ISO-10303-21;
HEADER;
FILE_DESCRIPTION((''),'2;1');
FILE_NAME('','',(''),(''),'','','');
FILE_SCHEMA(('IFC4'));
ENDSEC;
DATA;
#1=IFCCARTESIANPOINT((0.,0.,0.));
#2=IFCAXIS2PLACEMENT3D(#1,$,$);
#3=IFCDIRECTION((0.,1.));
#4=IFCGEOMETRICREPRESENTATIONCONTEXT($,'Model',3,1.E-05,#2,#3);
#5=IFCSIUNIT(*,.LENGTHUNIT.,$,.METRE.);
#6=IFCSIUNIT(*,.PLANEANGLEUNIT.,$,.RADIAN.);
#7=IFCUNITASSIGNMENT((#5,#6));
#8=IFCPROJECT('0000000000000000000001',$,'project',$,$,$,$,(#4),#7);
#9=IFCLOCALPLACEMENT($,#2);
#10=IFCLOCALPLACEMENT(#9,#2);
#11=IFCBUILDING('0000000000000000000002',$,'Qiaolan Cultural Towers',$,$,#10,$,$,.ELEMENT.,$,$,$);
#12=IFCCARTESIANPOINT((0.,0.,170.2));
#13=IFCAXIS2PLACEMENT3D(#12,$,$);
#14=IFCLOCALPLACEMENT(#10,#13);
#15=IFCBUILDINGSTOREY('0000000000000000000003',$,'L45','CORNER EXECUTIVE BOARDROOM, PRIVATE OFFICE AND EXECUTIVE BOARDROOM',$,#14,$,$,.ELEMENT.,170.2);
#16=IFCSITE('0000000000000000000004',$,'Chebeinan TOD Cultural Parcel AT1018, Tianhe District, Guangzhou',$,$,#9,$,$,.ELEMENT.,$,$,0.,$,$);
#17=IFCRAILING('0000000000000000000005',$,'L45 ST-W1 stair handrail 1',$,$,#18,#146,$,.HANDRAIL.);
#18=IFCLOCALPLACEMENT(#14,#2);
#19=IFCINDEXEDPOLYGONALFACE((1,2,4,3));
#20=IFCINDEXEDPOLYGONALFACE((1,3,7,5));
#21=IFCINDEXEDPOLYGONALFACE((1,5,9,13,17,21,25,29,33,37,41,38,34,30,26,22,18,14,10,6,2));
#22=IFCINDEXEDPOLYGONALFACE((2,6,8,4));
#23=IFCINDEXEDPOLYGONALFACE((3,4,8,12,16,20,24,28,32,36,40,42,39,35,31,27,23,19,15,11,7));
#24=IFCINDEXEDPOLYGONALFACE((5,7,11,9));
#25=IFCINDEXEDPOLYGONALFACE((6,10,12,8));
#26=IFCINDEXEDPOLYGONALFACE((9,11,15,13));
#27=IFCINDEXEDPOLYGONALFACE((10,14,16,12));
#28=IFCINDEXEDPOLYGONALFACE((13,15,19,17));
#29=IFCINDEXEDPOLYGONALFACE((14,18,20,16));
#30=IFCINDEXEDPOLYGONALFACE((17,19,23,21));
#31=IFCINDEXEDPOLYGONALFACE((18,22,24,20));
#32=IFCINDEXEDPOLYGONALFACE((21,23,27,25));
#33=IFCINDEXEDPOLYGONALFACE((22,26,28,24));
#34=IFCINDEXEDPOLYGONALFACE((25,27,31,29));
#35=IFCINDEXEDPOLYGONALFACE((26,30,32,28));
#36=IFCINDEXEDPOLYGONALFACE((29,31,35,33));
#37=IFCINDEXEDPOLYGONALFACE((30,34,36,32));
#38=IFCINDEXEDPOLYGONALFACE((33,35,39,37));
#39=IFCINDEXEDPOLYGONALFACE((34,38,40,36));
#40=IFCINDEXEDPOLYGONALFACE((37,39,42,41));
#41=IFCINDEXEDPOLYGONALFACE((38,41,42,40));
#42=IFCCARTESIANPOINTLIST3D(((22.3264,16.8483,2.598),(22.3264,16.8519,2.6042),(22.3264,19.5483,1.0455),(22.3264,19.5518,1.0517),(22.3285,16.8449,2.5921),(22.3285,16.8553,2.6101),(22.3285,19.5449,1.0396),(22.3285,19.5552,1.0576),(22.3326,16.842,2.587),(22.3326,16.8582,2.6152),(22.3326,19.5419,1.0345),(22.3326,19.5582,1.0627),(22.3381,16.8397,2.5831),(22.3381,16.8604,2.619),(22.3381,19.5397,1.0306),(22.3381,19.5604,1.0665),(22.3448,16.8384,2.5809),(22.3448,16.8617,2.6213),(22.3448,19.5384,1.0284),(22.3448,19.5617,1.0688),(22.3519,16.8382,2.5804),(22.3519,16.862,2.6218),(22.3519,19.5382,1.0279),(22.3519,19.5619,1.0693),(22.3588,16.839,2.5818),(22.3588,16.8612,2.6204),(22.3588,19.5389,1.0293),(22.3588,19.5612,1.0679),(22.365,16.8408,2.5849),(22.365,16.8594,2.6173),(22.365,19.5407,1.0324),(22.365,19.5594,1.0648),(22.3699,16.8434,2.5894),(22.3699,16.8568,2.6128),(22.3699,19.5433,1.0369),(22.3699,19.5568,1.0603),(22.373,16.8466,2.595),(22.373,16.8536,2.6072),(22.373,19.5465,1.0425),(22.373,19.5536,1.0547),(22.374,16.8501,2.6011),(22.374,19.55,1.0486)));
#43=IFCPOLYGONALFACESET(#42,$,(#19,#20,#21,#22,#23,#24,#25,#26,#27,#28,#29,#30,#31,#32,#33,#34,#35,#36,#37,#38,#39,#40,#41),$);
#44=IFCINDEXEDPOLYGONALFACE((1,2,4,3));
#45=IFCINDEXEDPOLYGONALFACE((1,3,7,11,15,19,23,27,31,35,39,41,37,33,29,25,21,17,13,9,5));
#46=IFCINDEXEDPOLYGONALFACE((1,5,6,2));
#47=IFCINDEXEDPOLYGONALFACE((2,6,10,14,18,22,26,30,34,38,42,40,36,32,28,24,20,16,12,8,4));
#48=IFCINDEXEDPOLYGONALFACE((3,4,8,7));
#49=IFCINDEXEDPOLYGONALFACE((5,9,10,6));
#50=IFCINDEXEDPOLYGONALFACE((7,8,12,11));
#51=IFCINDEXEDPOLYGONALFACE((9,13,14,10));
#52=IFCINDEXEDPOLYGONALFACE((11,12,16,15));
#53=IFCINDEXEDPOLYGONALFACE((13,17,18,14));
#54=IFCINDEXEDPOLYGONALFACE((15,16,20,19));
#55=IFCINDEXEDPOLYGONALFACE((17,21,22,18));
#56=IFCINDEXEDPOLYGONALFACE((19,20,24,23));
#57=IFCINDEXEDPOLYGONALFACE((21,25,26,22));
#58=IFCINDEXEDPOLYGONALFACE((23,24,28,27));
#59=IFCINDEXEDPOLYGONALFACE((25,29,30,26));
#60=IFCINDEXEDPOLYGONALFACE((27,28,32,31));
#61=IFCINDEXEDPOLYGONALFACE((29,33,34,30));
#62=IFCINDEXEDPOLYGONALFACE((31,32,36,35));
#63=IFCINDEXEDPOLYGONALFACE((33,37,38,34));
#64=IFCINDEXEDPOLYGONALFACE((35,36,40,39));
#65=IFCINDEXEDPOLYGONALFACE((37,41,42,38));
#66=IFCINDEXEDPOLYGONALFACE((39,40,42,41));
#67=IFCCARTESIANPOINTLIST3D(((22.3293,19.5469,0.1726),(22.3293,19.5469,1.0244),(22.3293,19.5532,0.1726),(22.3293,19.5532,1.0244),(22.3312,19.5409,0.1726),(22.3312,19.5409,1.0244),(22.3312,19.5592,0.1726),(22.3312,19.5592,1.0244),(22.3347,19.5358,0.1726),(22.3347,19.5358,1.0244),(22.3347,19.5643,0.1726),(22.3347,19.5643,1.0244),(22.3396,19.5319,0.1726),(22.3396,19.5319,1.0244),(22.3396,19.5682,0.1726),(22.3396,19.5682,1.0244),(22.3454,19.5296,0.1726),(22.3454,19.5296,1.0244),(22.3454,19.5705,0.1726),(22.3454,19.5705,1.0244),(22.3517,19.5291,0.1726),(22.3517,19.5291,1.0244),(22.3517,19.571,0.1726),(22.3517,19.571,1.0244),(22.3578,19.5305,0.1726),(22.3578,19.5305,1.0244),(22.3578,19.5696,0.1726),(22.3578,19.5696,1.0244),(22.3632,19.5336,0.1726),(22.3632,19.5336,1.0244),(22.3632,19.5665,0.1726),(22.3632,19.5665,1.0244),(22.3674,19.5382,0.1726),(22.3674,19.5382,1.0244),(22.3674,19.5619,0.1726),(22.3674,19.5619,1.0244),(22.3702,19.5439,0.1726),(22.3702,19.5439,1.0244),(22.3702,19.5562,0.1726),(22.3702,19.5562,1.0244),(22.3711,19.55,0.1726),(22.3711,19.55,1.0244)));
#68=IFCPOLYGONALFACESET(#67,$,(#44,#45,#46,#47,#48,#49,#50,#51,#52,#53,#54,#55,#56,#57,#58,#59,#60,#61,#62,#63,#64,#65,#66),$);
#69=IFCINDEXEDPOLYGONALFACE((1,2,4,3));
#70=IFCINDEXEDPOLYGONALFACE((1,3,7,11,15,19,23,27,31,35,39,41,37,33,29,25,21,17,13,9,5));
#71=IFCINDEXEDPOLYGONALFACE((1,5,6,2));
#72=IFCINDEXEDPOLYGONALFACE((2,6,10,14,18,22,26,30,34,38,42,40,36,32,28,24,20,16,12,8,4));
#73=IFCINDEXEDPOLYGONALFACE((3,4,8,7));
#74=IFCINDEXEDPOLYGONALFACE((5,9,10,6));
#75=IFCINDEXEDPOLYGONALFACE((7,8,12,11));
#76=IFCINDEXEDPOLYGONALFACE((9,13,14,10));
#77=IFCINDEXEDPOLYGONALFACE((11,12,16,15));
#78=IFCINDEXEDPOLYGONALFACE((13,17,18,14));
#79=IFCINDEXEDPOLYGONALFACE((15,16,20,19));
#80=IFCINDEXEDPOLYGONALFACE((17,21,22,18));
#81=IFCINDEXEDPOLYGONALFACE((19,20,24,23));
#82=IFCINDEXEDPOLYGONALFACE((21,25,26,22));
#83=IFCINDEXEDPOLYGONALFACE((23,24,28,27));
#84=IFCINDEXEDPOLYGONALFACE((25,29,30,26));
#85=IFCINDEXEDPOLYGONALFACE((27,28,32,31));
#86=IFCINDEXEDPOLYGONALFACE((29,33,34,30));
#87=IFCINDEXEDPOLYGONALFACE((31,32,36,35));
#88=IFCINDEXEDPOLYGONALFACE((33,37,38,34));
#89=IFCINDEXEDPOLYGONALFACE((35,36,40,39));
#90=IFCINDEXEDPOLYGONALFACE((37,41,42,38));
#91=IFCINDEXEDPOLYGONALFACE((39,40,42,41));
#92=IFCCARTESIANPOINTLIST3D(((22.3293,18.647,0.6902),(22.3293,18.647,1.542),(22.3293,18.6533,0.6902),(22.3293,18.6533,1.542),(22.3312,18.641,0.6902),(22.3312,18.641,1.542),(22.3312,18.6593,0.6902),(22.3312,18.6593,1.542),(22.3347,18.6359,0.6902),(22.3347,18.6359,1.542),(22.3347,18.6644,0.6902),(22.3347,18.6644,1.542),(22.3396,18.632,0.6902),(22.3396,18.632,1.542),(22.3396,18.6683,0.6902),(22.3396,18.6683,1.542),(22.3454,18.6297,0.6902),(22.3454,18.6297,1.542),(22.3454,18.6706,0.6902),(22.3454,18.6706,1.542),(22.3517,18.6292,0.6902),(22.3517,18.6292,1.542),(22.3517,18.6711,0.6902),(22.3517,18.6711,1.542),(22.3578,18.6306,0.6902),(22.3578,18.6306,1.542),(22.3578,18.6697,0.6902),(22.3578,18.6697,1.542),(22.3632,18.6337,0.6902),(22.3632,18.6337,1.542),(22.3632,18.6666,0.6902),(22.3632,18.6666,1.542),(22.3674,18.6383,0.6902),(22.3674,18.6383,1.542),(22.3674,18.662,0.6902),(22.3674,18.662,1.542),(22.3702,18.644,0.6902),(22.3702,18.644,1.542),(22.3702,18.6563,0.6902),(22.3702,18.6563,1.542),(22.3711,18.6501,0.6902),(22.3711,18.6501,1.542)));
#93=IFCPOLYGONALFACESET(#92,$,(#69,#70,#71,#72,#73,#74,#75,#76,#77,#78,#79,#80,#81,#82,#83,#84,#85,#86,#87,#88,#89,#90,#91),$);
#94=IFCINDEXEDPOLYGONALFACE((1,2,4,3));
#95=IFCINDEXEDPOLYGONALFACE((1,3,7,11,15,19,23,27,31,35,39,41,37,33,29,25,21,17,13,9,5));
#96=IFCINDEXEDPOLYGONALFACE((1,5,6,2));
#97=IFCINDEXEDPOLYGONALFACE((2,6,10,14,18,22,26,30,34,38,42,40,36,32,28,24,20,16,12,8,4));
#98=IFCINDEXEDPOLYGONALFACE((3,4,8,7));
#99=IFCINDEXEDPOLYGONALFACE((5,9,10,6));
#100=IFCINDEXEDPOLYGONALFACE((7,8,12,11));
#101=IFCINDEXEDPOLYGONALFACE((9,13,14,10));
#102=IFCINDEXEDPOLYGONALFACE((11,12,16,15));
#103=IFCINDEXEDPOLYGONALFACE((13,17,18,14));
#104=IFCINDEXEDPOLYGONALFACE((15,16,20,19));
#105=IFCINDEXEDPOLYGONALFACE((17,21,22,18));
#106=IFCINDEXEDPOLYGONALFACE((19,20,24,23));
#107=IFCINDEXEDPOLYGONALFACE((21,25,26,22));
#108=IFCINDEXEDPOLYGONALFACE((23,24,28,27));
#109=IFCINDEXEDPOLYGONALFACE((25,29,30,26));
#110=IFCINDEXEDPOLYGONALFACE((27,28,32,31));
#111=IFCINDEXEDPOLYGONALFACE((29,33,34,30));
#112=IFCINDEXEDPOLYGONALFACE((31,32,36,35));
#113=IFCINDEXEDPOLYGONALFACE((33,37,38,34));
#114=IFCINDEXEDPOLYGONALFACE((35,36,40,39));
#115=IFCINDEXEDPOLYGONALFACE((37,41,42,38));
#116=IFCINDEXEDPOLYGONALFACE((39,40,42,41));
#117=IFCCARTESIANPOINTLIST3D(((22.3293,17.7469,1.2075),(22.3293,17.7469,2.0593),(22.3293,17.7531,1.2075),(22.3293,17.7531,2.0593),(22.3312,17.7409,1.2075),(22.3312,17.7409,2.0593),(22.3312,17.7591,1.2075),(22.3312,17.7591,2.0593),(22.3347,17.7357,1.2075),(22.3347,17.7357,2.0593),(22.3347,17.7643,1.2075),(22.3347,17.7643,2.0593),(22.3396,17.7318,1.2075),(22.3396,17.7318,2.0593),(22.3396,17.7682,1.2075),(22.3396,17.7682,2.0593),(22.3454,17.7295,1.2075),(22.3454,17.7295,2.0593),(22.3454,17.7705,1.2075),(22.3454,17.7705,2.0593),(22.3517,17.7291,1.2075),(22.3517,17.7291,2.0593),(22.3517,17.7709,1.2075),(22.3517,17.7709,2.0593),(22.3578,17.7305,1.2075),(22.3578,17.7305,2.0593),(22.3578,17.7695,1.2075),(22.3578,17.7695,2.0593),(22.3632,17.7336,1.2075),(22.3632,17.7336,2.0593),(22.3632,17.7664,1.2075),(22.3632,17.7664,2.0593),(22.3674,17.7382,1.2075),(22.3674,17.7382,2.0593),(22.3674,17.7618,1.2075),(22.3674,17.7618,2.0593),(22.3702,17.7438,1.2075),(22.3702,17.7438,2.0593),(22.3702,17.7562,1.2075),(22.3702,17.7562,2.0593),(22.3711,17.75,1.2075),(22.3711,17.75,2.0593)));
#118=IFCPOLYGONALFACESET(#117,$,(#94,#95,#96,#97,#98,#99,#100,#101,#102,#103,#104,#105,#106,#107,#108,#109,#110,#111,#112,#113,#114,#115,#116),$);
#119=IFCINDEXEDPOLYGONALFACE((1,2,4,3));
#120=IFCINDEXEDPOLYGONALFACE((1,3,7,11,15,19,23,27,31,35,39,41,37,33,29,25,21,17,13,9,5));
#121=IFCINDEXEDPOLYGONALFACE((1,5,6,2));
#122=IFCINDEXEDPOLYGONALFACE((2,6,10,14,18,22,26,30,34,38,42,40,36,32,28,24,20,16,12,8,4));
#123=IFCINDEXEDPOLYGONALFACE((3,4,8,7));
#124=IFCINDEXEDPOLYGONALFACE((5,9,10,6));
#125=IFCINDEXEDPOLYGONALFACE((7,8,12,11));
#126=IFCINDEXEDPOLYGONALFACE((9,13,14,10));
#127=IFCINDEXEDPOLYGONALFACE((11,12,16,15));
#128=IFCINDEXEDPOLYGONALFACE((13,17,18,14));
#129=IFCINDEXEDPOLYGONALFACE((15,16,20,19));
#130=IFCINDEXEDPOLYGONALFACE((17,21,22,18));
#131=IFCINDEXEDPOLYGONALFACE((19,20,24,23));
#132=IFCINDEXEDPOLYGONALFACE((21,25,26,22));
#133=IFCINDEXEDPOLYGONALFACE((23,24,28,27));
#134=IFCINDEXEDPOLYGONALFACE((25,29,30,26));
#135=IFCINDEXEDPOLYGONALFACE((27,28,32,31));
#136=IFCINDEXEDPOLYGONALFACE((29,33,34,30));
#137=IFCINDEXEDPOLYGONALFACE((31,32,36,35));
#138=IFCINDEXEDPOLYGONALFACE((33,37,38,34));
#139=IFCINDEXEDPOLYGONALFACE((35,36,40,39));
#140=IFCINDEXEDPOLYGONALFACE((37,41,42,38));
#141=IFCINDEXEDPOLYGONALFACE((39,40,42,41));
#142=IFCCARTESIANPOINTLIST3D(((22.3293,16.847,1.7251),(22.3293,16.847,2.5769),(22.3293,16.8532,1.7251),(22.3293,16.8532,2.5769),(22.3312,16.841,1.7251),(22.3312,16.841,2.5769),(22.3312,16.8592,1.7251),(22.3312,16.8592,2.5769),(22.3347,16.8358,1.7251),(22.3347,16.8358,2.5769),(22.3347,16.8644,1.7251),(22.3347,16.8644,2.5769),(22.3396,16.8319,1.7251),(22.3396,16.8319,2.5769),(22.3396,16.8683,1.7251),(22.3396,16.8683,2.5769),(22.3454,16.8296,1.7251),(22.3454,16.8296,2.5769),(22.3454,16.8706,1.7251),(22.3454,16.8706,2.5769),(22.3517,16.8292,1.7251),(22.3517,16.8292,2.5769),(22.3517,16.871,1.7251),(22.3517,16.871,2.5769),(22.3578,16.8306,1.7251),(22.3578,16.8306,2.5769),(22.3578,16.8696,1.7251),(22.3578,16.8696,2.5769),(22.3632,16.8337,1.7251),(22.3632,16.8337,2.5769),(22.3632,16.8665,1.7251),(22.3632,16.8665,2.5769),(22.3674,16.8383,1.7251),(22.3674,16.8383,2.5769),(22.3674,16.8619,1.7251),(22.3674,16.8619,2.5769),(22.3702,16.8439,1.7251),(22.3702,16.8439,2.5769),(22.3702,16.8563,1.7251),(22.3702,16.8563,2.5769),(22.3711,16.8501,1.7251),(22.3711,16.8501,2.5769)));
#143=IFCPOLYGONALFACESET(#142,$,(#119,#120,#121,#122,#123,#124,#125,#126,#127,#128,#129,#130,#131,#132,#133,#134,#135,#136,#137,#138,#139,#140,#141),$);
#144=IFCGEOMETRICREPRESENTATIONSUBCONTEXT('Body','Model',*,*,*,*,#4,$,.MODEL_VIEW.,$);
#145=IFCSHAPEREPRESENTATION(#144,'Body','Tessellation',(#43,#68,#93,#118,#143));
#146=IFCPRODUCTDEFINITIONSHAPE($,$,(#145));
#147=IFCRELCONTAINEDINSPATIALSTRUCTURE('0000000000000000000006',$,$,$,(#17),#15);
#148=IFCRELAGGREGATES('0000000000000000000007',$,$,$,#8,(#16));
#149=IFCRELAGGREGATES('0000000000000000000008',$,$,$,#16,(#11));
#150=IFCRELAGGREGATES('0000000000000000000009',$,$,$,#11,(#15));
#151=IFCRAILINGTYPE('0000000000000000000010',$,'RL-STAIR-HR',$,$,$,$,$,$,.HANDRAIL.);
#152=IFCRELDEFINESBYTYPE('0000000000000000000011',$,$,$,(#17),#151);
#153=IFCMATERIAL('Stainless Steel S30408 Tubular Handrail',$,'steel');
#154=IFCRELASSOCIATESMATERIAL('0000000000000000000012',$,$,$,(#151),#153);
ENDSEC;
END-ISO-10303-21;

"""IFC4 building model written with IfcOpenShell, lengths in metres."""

from ifc_helpers import new_model, si_unit, direction, frame, origin, origin_2d, place, context, subcontext, project, spatial, circle, extrude, material, type_object, element, save


model = new_model("IFC4")

# Units and contexts
model_context = context("Model", 3, precision=1e-05, world=origin(), true_north=direction((0.0, 1.0)))
body_context = subcontext(model_context, "Body", "Model", "MODEL_VIEW")
ifc_project = project(units=[si_unit("LENGTHUNIT", "METRE"), si_unit("PLANEANGLEUNIT", "RADIAN")], contexts=[model_context])

# Site, building, storey
site_placement = place(None, origin())
site = spatial("IfcSite", under=ifc_project, at=site_placement, Name="Chebeinan TOD Cultural Parcel AT1018, Tianhe District, Guangzhou", CompositionType="ELEMENT", RefElevation=0.0)
building_placement = place(site_placement, origin())
building = spatial("IfcBuilding", under=site, at=building_placement, Name="Qiaolan Cultural Towers", CompositionType="ELEMENT")
storey_placement = place(building_placement, frame((0.0, 0.0, 170.2)))
storey = spatial("IfcBuildingStorey", under=building, at=storey_placement, Name="L45", Description="CORNER EXECUTIVE BOARDROOM, PRIVATE OFFICE AND EXECUTIVE BOARDROOM", CompositionType="ELEMENT", Elevation=170.2)

# Railing
ifc_material_1 = material(Name="Stainless Steel S30408 Tubular Handrail", Category="steel")
railing_type_1 = type_object("IfcRailingType", Name="RL-STAIR-HR", PredefinedType="HANDRAIL", material=ifc_material_1)
railing_1_placement = place(storey_placement, frame((22.3501, 19.55, 0.1726)))
element("IfcRailing", 1, at=railing_1_placement, inside=storey, type_object=railing_type_1, Name="L45 ST-W1 stair handrail 1", PredefinedType="HANDRAIL", context=body_context, shape_type="SweptSolid", body=[
    extrude(circle(Radius=0.0239, at=origin_2d()), frame((0.0, 0.0, 0.876), z_axis=(0.0, -0.866904, 0.498476), x_axis=(1.0, 0.0, 0.0)), (0.0, 0.0, 1.0), 3.1145),
    extrude(circle(Radius=0.021, at=origin_2d()), origin(), (0.0, 0.0, 1.0), 0.8518),
    extrude(circle(Radius=0.021, at=origin_2d()), frame((0.0, -0.8999, 0.5176)), (0.0, 0.0, 1.0), 0.8518),
    extrude(circle(Radius=0.021, at=origin_2d()), frame((0.0, -1.8, 1.0349)), (0.0, 0.0, 1.0), 0.8518),
    extrude(circle(Radius=0.021, at=origin_2d()), frame((0.0, -2.7, 1.5525)), (0.0, 0.0, 1.0), 0.8518),
])

save(model, "model.ifc")
